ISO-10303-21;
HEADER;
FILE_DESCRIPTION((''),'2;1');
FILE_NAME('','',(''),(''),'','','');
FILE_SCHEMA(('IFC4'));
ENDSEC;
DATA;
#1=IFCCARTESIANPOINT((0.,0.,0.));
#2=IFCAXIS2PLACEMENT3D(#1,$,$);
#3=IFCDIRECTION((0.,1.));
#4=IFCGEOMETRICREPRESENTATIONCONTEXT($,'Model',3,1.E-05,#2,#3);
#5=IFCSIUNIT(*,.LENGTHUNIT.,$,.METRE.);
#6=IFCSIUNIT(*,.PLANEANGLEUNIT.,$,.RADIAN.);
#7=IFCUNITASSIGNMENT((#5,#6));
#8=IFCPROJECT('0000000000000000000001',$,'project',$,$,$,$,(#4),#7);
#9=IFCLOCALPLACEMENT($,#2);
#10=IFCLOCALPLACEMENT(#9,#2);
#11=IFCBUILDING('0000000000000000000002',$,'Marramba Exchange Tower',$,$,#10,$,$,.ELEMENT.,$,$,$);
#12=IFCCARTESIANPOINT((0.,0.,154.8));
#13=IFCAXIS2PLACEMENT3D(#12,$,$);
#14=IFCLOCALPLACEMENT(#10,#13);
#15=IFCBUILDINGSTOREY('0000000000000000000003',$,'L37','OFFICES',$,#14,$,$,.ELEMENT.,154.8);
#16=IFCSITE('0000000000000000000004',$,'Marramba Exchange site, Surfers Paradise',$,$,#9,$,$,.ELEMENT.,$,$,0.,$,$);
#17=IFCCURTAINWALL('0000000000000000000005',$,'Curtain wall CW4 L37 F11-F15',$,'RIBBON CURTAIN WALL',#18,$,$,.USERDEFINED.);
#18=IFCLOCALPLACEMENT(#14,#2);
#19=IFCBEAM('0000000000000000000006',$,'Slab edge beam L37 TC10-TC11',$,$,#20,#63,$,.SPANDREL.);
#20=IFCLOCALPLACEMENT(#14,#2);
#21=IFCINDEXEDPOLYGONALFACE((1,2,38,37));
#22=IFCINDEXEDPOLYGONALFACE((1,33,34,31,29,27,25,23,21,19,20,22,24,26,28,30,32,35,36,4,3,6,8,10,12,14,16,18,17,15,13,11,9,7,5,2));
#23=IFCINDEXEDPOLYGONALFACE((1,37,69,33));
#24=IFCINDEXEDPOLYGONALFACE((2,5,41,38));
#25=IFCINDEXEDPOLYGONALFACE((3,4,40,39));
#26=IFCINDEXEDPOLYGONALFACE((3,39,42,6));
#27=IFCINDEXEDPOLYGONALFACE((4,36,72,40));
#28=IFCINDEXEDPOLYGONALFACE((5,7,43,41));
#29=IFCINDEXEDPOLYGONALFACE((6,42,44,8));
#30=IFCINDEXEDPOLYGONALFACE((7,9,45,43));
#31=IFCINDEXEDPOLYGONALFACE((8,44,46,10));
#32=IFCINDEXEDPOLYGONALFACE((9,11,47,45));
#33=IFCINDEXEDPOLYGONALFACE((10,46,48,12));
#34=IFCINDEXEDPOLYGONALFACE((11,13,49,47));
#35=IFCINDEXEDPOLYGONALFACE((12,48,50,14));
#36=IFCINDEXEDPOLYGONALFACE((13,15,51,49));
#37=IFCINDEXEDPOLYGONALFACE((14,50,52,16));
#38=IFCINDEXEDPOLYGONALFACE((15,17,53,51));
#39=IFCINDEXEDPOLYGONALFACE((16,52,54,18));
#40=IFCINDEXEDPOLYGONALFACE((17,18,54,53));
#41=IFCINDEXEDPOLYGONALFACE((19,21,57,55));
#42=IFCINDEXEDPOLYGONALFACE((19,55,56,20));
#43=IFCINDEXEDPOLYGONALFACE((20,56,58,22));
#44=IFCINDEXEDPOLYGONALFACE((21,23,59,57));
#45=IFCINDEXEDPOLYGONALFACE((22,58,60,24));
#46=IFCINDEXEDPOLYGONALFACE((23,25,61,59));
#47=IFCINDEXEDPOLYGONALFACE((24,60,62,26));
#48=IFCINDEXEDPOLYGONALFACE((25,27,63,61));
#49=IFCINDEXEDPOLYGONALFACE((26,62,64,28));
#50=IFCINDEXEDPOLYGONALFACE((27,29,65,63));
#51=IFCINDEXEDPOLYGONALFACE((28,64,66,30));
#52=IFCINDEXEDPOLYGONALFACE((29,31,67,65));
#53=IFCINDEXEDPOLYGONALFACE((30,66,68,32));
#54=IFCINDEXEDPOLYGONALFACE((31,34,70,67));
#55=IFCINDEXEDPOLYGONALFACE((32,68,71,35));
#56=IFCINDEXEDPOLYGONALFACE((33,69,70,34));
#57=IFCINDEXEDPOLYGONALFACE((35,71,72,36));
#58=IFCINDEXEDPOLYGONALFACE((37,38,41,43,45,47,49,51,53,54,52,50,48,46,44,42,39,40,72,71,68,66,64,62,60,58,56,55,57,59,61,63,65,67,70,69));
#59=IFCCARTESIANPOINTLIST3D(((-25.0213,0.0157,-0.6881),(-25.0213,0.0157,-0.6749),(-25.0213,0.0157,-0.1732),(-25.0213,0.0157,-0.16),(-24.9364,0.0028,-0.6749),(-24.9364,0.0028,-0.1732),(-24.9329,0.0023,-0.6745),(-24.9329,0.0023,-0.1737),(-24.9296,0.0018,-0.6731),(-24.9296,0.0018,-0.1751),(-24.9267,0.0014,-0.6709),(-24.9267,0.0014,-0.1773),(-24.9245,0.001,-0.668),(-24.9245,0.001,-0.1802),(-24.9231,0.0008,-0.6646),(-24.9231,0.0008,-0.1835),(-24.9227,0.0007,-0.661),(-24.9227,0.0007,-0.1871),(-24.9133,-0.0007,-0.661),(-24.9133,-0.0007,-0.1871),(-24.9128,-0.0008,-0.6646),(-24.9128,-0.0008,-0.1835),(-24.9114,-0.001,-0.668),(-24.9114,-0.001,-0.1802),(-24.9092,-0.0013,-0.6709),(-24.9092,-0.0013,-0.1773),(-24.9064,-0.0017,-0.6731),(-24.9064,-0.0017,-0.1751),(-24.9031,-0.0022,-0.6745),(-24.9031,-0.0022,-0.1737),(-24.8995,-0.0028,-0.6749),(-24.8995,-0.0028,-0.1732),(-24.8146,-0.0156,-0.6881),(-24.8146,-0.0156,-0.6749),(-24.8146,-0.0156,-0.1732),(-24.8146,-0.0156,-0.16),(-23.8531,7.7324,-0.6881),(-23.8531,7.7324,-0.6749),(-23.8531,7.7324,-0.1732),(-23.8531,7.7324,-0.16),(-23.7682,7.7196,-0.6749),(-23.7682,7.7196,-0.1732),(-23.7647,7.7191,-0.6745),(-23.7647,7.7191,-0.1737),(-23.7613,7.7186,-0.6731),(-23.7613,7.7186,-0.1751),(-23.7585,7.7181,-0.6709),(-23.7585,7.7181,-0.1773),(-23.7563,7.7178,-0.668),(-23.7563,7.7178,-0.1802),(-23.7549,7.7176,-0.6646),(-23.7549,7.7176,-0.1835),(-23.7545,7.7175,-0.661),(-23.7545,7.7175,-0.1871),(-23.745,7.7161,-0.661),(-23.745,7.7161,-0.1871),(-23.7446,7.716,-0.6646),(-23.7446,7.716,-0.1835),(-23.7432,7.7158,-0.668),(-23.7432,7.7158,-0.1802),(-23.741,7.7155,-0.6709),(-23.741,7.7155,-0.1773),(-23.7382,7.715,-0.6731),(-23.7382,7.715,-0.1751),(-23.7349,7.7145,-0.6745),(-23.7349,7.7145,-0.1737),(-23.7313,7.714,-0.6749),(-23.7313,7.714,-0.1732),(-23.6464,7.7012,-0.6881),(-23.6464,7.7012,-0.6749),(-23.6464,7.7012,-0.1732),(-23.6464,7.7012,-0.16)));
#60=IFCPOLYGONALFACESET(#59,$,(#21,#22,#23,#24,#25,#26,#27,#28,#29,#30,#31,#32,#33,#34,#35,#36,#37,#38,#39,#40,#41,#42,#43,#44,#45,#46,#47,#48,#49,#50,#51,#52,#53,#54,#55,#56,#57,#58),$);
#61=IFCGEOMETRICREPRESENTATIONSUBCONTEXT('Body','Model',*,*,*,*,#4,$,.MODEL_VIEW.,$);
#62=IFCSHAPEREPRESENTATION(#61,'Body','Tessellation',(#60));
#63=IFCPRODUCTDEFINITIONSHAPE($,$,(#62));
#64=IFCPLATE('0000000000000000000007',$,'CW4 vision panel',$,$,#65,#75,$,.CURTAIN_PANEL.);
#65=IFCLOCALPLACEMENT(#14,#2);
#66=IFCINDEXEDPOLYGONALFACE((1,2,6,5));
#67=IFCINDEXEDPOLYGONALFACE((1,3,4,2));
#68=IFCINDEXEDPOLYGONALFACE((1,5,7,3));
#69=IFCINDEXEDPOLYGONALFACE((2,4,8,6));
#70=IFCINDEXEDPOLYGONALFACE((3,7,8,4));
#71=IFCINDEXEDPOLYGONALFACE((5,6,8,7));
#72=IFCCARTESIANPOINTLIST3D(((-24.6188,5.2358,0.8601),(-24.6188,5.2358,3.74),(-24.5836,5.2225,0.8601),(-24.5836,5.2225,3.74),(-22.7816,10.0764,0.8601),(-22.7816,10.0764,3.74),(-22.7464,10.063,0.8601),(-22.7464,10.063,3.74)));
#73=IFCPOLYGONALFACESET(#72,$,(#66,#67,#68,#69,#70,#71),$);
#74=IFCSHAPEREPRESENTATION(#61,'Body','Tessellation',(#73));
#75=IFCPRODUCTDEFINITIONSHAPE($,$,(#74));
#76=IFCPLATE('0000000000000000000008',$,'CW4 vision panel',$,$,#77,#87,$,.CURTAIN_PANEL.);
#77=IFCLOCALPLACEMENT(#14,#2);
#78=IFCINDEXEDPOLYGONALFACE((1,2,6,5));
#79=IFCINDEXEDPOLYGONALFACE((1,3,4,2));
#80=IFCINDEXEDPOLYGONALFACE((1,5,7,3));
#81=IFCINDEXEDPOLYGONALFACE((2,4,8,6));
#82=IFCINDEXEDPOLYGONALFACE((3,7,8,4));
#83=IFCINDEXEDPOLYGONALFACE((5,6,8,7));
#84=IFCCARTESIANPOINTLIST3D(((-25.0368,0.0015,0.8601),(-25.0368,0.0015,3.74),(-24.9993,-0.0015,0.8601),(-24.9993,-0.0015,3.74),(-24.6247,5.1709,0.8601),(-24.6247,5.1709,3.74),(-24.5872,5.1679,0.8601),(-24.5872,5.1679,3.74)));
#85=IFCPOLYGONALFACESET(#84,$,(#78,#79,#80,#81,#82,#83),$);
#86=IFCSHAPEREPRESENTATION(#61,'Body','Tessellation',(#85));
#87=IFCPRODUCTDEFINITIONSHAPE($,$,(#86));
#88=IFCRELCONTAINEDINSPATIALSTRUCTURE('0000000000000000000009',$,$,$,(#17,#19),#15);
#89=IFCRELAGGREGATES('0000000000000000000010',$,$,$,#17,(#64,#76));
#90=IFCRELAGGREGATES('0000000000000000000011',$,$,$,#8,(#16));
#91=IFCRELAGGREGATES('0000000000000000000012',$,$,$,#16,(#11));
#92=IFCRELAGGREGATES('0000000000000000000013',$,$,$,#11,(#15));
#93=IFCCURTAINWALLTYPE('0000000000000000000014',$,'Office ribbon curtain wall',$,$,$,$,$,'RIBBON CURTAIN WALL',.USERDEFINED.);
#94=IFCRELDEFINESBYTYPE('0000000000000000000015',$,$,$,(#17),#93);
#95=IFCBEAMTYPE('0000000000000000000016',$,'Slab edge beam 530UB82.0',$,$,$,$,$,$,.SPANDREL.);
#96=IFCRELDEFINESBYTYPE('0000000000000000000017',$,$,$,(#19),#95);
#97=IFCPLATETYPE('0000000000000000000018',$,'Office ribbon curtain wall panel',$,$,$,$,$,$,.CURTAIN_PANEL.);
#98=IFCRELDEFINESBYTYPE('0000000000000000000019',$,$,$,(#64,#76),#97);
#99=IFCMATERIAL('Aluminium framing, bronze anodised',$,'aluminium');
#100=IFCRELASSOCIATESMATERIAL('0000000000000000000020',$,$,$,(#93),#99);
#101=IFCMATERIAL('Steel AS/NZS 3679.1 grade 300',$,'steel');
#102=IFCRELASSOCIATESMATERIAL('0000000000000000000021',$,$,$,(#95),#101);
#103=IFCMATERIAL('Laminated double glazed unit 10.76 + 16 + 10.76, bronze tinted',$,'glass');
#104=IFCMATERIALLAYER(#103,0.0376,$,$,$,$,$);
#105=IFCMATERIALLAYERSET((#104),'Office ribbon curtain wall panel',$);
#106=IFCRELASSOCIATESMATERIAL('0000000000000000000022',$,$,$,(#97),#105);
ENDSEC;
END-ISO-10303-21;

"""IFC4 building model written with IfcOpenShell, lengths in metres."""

from ifc_helpers import new_model, si_unit, direction, frame, origin, origin_2d, place, context, subcontext, project, spatial, rectangle, i_section, extrude, material, layer, layer_set, material_profile, profile_set, type_object, element, aggregate, save


model = new_model("IFC4")

# Units and contexts
model_context = context("Model", 3, precision=1e-05, world=origin(), true_north=direction((0.0, 1.0)))
body_context = subcontext(model_context, "Body", "Model", "MODEL_VIEW")
ifc_project = project(units=[si_unit("LENGTHUNIT", "METRE"), si_unit("PLANEANGLEUNIT", "RADIAN")], contexts=[model_context])

# Site, building, storey
site_placement = place(None, origin())
site = spatial("IfcSite", under=ifc_project, at=site_placement, Name="Marramba Exchange site, Surfers Paradise", CompositionType="ELEMENT", RefElevation=0.0)
building_placement = place(site_placement, origin())
building = spatial("IfcBuilding", under=site, at=building_placement, Name="Marramba Exchange Tower", CompositionType="ELEMENT")
storey_placement = place(building_placement, frame((0.0, 0.0, 154.8)))
storey = spatial("IfcBuildingStorey", under=building, at=storey_placement, Name="L37", Description="OFFICES", CompositionType="ELEMENT", Elevation=154.8)

# Shared definitions
ifc_material_1 = material(Name="Steel AS/NZS 3679.1 grade 300", Category="steel")

# Curtain wall
ifc_material_2 = material(Name="Aluminium framing, bronze anodised", Category="aluminium")
curtain_wall_type = type_object("IfcCurtainWallType", Name="Office ribbon curtain wall", ElementType="RIBBON CURTAIN WALL", PredefinedType="USERDEFINED", material=ifc_material_2)
curtain_wall_placement = place(storey_placement, origin())
curtain_wall = element("IfcCurtainWall", 1, at=curtain_wall_placement, inside=storey, type_object=curtain_wall_type, Name="Curtain wall CW4 L37 F11-F15", ObjectType="RIBBON CURTAIN WALL", PredefinedType="USERDEFINED")

# Beam
ifc_material_profile_1 = material_profile(ifc_material_1, i_section(OverallWidth=0.209, OverallDepth=0.5281, WebThickness=0.0095, FlangeThickness=0.0132, FilletRadius=0.0139, at=origin_2d()), Name="530UB82.0")
ifc_profile_set_1 = profile_set([ifc_material_profile_1], Name="Steel AS/NZS 3679.1 grade 300")
beam_type_1 = type_object("IfcBeamType", Name="Slab edge beam 530UB82.0", PredefinedType="SPANDREL", material=ifc_profile_set_1)
beam_1_placement = place(storey_placement, frame((-23.7498, 7.7168, -0.4241), z_axis=(-0.14968, -0.988734, 0.0), x_axis=(0.988734, -0.14968, 0.0)))
element("IfcBeam", 2, at=beam_1_placement, inside=storey, type_object=beam_type_1, Name="Slab edge beam L37 TC10-TC11", PredefinedType="SPANDREL", context=body_context, shape_type="SweptSolid", body=[
    extrude(i_section(OverallWidth=0.209, OverallDepth=0.5281, WebThickness=0.0095, FlangeThickness=0.0132, FilletRadius=0.0139, at=origin_2d()), origin(), (0.0, 0.0, 1.0), 7.8047),
])

# Plates
ifc_material_3 = material(Name="Laminated double glazed unit 10.76 + 16 + 10.76, bronze tinted", Category="glass")
ifc_layer_1 = layer(ifc_material_3, 0.0376)
ifc_layer_set_1 = layer_set([ifc_layer_1], Name="Office ribbon curtain wall panel")
plate_type = type_object("IfcPlateType", Name="Office ribbon curtain wall panel", PredefinedType="CURTAIN_PANEL", material=ifc_layer_set_1)
plate_1_placement = place(storey_placement, frame((-23.6826, 7.6494, 0.8601), z_axis=(0.0, 0.0, 1.0), x_axis=(-0.354844, -0.934925, 0.0)))
plate_1 = element("IfcPlate", 3, at=plate_1_placement, type_object=plate_type, Name="CW4 vision panel", PredefinedType="CURTAIN_PANEL", context=body_context, shape_type="SweptSolid", body=[
    extrude(rectangle(XDim=5.1775, YDim=0.0376, at=origin_2d()), origin(), (0.0, 0.0, 1.0), 2.8799),
])
plate_2_placement = place(storey_placement, frame((-24.812, 2.5847, 0.8601), z_axis=(0.0, 0.0, 1.0), x_axis=(-0.07946, -0.996838, 0.0)))
plate_2 = element("IfcPlate", 4, at=plate_2_placement, type_object=plate_type, Name="CW4 vision panel", PredefinedType="CURTAIN_PANEL", context=body_context, shape_type="SweptSolid", body=[
    extrude(rectangle(XDim=5.1858, YDim=0.0376, at=origin_2d()), origin(), (0.0, 0.0, 1.0), 2.8799),
])
aggregate(curtain_wall, [plate_1, plate_2])

save(model, "model.ifc")
